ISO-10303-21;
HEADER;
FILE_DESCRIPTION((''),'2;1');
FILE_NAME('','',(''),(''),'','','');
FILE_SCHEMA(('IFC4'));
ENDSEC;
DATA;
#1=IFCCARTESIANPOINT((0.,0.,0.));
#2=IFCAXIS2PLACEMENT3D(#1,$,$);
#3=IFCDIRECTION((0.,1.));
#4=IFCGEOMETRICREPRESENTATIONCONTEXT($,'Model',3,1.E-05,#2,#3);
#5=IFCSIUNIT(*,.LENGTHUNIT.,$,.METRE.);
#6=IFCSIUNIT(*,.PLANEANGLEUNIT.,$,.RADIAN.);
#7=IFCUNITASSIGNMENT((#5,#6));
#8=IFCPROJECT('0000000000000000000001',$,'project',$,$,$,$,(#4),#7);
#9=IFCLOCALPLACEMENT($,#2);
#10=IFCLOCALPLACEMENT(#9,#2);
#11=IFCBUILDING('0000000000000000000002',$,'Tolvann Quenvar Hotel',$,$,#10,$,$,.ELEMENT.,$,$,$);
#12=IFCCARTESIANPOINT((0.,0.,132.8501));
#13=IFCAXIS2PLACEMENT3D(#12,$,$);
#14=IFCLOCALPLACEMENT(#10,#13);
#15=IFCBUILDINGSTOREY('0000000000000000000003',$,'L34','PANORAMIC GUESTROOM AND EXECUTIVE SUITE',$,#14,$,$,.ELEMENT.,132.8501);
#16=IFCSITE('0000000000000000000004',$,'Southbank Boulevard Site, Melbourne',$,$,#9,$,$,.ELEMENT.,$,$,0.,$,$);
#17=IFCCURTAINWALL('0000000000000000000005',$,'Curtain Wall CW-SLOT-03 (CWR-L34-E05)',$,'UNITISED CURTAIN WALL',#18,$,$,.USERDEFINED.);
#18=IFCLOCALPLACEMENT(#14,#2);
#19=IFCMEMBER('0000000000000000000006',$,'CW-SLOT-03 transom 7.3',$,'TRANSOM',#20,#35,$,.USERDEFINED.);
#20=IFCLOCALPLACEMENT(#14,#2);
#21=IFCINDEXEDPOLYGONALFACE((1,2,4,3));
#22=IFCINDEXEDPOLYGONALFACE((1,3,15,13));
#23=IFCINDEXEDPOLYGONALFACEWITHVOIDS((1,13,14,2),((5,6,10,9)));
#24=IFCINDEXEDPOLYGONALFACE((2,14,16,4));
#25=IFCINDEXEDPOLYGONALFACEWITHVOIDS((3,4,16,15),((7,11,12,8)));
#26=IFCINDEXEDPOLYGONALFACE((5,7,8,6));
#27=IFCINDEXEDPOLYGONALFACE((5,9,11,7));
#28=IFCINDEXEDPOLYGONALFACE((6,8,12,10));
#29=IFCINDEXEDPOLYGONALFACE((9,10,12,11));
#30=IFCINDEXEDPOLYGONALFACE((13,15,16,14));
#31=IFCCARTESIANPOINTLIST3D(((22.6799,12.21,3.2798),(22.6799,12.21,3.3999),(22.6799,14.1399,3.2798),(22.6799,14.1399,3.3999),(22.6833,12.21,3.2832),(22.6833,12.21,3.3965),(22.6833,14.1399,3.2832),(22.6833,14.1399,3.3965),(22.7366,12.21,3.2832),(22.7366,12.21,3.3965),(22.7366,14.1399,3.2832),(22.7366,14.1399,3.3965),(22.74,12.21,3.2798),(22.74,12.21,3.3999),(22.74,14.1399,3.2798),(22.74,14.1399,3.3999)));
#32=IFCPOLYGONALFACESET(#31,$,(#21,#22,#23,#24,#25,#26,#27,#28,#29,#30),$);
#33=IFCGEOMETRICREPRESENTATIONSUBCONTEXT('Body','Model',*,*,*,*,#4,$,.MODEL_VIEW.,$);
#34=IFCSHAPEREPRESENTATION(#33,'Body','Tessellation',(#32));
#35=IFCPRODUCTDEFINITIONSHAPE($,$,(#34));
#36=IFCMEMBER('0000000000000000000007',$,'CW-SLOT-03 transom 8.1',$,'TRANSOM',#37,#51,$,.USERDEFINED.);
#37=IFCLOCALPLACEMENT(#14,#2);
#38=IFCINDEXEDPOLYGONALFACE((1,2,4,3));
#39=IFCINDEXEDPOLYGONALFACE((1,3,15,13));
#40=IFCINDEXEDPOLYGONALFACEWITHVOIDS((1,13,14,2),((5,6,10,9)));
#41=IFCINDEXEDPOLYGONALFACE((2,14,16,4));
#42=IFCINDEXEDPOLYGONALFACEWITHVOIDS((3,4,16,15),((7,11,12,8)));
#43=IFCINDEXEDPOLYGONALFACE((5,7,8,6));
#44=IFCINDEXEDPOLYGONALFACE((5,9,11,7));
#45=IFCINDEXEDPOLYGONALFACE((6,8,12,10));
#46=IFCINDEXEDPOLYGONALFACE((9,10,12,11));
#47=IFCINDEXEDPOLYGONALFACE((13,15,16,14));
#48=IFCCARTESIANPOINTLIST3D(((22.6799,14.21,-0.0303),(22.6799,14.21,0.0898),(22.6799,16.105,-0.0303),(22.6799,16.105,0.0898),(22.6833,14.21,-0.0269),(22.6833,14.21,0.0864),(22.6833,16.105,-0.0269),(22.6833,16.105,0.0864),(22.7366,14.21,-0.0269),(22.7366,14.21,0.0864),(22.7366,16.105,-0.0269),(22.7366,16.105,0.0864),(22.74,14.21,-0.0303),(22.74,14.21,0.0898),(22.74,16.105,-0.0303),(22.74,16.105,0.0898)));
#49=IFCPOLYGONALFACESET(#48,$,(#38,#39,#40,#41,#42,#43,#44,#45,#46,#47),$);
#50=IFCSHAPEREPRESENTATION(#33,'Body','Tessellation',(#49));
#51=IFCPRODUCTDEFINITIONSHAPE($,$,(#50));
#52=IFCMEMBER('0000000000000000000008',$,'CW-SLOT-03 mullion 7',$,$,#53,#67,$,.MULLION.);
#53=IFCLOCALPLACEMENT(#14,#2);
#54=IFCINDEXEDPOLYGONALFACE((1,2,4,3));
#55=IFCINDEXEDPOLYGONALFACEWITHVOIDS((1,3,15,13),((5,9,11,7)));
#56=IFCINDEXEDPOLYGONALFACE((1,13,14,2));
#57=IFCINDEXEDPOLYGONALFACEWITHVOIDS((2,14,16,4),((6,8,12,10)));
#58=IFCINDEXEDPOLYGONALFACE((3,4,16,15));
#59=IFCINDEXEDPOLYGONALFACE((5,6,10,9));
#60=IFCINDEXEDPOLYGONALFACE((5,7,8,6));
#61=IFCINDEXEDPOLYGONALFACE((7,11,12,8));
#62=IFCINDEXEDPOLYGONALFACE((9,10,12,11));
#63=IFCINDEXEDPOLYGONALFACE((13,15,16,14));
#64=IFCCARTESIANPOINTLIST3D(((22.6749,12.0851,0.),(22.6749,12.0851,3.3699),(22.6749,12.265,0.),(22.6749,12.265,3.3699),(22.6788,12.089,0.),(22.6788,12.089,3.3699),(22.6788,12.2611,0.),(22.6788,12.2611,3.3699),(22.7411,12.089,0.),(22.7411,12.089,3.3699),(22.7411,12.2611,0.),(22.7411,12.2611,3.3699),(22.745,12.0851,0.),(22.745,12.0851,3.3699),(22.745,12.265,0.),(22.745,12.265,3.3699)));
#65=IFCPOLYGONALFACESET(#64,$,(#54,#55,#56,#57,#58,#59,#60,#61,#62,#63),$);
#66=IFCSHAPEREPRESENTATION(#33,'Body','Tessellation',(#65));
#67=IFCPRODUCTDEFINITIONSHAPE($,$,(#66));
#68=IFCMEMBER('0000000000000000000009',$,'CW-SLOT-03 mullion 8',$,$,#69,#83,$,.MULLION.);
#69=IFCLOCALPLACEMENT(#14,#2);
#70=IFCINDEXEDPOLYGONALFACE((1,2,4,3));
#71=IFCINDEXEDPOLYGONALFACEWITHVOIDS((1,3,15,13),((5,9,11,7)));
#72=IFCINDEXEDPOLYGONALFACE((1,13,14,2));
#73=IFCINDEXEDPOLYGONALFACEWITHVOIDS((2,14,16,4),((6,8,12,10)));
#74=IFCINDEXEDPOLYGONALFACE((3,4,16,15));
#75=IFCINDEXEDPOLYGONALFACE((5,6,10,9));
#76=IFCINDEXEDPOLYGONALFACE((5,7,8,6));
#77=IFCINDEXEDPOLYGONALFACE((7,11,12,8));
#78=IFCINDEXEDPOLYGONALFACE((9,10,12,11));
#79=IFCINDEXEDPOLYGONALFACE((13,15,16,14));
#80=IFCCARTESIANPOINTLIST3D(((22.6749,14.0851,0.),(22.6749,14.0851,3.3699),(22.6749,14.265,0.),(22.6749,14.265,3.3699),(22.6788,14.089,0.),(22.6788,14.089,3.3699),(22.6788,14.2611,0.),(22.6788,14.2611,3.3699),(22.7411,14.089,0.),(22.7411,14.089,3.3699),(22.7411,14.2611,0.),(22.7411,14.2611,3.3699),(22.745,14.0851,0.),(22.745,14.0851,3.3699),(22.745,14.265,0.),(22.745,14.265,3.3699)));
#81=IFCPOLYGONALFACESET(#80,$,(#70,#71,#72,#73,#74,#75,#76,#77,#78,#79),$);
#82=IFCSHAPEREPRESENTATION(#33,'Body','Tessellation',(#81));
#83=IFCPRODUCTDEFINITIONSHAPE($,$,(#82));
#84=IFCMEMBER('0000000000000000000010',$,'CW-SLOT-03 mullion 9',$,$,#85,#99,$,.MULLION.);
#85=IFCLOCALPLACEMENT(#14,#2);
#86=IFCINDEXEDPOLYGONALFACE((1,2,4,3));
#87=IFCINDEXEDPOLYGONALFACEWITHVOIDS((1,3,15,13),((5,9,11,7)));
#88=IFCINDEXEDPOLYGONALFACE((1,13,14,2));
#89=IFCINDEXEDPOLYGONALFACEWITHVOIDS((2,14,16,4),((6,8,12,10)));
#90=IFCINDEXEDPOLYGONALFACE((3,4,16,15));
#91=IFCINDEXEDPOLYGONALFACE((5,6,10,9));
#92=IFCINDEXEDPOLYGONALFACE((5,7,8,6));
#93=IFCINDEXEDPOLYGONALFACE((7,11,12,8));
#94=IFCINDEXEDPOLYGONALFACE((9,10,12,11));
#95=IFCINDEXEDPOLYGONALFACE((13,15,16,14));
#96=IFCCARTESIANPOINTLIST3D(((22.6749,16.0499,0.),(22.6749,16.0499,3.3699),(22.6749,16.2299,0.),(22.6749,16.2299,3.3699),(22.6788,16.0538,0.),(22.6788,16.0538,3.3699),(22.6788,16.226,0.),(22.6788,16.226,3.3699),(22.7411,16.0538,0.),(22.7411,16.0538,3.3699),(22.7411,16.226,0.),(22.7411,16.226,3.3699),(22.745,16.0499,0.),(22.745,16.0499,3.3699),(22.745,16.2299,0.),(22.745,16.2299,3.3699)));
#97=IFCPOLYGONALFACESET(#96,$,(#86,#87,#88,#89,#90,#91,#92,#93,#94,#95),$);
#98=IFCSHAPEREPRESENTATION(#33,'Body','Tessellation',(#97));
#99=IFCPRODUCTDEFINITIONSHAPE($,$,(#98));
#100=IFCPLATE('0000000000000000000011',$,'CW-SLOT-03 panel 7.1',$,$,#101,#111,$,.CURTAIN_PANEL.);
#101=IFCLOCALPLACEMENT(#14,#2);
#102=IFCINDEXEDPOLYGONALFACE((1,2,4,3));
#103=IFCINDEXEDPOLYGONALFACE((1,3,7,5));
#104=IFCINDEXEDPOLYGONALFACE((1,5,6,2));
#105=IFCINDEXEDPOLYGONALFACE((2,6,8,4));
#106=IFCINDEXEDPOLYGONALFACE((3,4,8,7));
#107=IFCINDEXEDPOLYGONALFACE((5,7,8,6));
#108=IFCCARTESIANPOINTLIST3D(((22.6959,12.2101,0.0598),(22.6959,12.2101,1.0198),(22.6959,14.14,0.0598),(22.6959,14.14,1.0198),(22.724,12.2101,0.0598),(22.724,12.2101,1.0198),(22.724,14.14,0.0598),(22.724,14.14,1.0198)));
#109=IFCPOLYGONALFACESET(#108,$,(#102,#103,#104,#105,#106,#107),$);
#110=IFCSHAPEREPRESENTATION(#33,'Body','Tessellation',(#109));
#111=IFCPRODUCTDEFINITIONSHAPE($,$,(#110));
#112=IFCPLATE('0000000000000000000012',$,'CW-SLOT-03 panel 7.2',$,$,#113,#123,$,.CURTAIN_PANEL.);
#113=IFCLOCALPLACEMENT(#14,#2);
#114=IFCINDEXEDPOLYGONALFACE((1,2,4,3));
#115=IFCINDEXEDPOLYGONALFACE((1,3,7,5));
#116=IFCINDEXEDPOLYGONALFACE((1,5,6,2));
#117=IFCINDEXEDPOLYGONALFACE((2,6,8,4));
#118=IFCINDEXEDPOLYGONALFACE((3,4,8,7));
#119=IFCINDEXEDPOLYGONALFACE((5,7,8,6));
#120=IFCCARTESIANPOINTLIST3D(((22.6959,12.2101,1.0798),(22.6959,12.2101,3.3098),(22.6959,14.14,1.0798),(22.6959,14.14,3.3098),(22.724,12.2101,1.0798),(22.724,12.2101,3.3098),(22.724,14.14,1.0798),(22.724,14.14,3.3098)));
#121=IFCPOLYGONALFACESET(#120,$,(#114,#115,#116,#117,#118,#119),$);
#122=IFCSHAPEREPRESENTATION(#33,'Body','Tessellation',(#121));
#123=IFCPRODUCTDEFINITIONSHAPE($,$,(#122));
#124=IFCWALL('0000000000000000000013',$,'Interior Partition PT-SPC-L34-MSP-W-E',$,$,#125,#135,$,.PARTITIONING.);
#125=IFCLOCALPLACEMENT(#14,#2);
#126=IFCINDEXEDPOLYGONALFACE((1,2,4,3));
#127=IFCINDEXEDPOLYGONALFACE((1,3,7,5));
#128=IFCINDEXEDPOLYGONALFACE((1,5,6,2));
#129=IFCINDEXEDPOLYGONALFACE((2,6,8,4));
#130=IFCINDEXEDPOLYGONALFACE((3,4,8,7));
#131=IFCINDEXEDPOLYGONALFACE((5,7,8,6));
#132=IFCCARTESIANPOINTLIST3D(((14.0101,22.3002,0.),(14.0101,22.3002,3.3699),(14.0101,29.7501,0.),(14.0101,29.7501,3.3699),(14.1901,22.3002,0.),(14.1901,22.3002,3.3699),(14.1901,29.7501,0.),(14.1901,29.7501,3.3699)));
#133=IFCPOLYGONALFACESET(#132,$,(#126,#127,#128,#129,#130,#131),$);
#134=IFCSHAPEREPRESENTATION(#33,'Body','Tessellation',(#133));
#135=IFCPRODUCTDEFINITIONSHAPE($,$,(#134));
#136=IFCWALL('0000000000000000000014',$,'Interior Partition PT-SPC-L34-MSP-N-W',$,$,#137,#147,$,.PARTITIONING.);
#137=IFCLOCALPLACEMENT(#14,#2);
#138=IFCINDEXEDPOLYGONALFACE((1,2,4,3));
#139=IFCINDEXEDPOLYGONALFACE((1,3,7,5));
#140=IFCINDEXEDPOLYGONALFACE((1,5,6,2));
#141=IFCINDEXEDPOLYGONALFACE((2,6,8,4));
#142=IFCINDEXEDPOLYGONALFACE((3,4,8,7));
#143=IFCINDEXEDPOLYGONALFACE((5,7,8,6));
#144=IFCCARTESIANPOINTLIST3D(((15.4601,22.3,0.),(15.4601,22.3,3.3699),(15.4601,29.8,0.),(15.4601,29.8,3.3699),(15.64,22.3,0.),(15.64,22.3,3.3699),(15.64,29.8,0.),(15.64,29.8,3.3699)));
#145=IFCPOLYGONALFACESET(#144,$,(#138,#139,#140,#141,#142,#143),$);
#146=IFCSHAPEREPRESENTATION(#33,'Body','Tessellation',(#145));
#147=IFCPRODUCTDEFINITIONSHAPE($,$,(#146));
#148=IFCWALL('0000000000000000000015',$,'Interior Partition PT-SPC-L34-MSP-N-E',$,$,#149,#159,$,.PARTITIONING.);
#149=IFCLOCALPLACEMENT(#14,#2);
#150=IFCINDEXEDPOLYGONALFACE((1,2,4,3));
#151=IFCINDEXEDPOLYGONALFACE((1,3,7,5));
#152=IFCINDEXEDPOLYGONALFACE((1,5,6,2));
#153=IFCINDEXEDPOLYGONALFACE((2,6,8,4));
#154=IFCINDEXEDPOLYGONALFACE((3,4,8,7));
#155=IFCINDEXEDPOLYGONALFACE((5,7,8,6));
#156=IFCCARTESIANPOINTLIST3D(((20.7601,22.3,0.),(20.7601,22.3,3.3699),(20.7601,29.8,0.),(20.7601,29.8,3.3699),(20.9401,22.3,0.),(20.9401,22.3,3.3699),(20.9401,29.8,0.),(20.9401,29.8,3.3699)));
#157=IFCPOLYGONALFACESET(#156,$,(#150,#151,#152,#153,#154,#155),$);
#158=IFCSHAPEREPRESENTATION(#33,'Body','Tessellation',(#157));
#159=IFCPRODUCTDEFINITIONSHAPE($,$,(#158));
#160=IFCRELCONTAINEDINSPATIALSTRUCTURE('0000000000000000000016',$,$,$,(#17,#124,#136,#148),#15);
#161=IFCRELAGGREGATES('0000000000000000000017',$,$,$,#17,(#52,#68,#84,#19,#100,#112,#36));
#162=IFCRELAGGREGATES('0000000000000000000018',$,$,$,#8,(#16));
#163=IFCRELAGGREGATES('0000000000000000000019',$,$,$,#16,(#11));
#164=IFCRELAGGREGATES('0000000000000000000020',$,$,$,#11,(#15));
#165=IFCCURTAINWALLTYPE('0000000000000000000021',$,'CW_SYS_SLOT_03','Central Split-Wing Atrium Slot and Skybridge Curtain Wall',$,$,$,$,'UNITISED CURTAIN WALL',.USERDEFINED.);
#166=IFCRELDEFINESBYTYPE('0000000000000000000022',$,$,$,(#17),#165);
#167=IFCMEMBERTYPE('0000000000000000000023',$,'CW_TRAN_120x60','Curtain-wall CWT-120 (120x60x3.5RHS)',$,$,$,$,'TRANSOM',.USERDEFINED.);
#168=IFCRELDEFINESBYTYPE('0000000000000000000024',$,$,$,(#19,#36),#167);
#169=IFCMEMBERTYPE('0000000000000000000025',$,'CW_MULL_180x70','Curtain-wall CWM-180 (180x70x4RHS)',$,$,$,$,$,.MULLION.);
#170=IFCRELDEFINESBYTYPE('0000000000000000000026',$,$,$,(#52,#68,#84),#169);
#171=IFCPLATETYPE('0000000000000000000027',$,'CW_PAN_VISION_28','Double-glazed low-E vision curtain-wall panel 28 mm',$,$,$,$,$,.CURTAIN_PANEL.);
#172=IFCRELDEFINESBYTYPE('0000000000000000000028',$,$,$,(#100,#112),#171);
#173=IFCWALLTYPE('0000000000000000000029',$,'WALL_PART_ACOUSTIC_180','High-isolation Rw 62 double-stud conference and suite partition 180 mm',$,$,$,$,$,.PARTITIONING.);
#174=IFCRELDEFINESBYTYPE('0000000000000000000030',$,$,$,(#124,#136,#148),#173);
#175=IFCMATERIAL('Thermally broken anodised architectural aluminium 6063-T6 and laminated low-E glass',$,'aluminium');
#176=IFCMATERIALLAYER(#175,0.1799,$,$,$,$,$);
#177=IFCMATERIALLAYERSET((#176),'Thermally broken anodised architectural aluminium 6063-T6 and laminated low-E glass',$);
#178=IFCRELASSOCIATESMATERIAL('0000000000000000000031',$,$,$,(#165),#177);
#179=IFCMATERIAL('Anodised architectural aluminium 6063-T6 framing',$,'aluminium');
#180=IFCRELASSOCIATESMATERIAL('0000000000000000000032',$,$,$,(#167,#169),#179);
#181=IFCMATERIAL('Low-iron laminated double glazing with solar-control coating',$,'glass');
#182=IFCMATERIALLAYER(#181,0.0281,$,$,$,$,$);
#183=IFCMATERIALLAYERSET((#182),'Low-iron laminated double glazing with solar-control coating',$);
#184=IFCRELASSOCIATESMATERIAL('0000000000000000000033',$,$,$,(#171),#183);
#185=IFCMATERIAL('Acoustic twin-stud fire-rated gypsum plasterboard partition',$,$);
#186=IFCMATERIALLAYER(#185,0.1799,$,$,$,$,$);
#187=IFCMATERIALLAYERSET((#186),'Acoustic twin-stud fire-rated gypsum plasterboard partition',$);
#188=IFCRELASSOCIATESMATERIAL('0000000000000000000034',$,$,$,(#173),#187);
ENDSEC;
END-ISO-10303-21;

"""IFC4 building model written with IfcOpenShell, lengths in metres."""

from ifc_helpers import new_model, si_unit, direction, frame, frame_2d, origin, origin_2d, place, context, subcontext, project, spatial, rectangle, hollow_rectangle, extrude, source, transform, mapped, material, layer, layer_set, material_profile, profile_set, type_object, type_shapes, element, aggregate, save


model = new_model("IFC4")

# Units and contexts
model_context = context("Model", 3, precision=1e-05, world=origin(), true_north=direction((0.0, 1.0)))
body_context = subcontext(model_context, "Body", "Model", "MODEL_VIEW")
ifc_project = project(units=[si_unit("LENGTHUNIT", "METRE"), si_unit("PLANEANGLEUNIT", "RADIAN")], contexts=[model_context])

# Site, building, storey
site_placement = place(None, origin())
site = spatial("IfcSite", under=ifc_project, at=site_placement, Name="Southbank Boulevard Site, Melbourne", CompositionType="ELEMENT", RefElevation=0.0)
building_placement = place(site_placement, origin())
building = spatial("IfcBuilding", under=site, at=building_placement, Name="Tolvann Quenvar Hotel", CompositionType="ELEMENT")
storey_placement = place(building_placement, frame((0.0, 0.0, 132.8501)))
storey = spatial("IfcBuildingStorey", under=building, at=storey_placement, Name="L34", Description="PANORAMIC GUESTROOM AND EXECUTIVE SUITE", CompositionType="ELEMENT", Elevation=132.8501)

# Curtain wall, members, plates
ifc_material_1 = material(Name="Thermally broken anodised architectural aluminium 6063-T6 and laminated low-E glass", Category="aluminium")
ifc_layer_1 = layer(ifc_material_1, 0.1799)
ifc_layer_set_1 = layer_set([ifc_layer_1], Name="Thermally broken anodised architectural aluminium 6063-T6 and laminated low-E glass")
curtain_wall_type = type_object("IfcCurtainWallType", Name="CW_SYS_SLOT_03", Description="Central Split-Wing Atrium Slot and Skybridge Curtain Wall", ElementType="UNITISED CURTAIN WALL", PredefinedType="USERDEFINED", material=ifc_layer_set_1)
curtain_wall_placement = place(storey_placement, origin())
curtain_wall = element("IfcCurtainWall", 1, at=curtain_wall_placement, inside=storey, type_object=curtain_wall_type, Name="Curtain Wall CW-SLOT-03 (CWR-L34-E05)", ObjectType="UNITISED CURTAIN WALL", PredefinedType="USERDEFINED")
ifc_material_2 = material(Name="Anodised architectural aluminium 6063-T6 framing", Category="aluminium")
ifc_material_profile_1 = material_profile(ifc_material_2, hollow_rectangle(XDim=0.0601, YDim=0.1201, WallThickness=0.0034, at=origin_2d()), Name="120x60x3.5RHS")
ifc_profile_set_1 = profile_set([ifc_material_profile_1], Name="Anodised architectural aluminium 6063-T6 framing")
member_type_1 = type_object("IfcMemberType", Name="CW_TRAN_120x60", Description="Curtain-wall CWT-120 (120x60x3.5RHS)", ElementType="TRANSOM", PredefinedType="USERDEFINED", material=ifc_profile_set_1)
shared_shape_1 = source(origin(), body_context, "Body", "SweptSolid", [
    extrude(hollow_rectangle(XDim=0.0601, YDim=0.1201, WallThickness=0.0034, at=origin_2d()), origin(), (0.0, 0.0, 1.0), 1.9299),
])
member_1_placement = place(storey_placement, frame((22.71, 12.21, 3.3398), z_axis=(0.0, 1.0, 0.0), x_axis=(-1.0, 0.0, 0.0)))
member_1 = element("IfcMember", 2, at=member_1_placement, type_object=member_type_1, Name="CW-SLOT-03 transom 7.3", ObjectType="TRANSOM", PredefinedType="USERDEFINED", context=body_context, shape_type="MappedRepresentation", body=[
    mapped(shared_shape_1, transform((0.0, 0.0, 0.0), x_axis=(1.0, 0.0, 0.0), y_axis=(0.0, 1.0, 0.0), z_axis=(0.0, 0.0, 1.0), scale=1.0)),
])
shared_shape_2 = source(origin(), body_context, "Body", "SweptSolid", [
    extrude(hollow_rectangle(XDim=0.0601, YDim=0.1201, WallThickness=0.0034, at=origin_2d()), origin(), (0.0, 0.0, 1.0), 1.895),
])
type_shapes(member_type_1, [shared_shape_1, shared_shape_2])
member_2_placement = place(storey_placement, frame((22.71, 14.21, 0.0298), z_axis=(0.0, 1.0, 0.0), x_axis=(-1.0, 0.0, 0.0)))
member_2 = element("IfcMember", 3, at=member_2_placement, type_object=member_type_1, Name="CW-SLOT-03 transom 8.1", ObjectType="TRANSOM", PredefinedType="USERDEFINED", context=body_context, shape_type="MappedRepresentation", body=[
    mapped(shared_shape_2, transform((0.0, 0.0, 0.0), x_axis=(1.0, 0.0, 0.0), y_axis=(0.0, 1.0, 0.0), z_axis=(0.0, 0.0, 1.0), scale=1.0)),
])
ifc_material_profile_2 = material_profile(ifc_material_2, hollow_rectangle(XDim=0.0701, YDim=0.1799, WallThickness=0.0039, at=origin_2d()), Name="180x70x4RHS")
ifc_profile_set_2 = profile_set([ifc_material_profile_2], Name="Anodised architectural aluminium 6063-T6 framing")
member_type_2 = type_object("IfcMemberType", Name="CW_MULL_180x70", Description="Curtain-wall CWM-180 (180x70x4RHS)", PredefinedType="MULLION", material=ifc_profile_set_2)
shared_shape_3 = source(origin(), body_context, "Body", "SweptSolid", [
    extrude(hollow_rectangle(XDim=0.0701, YDim=0.1799, WallThickness=0.0039, at=origin_2d()), origin(), (0.0, 0.0, 1.0), 3.3699),
])
type_shapes(member_type_2, [shared_shape_3])
member_3_placement = place(storey_placement, frame((22.71, 12.175, 0.0), z_axis=(0.0, 0.0, 1.0), x_axis=(-1.0, 0.0, 0.0)))
member_3 = element("IfcMember", 4, at=member_3_placement, type_object=member_type_2, Name="CW-SLOT-03 mullion 7", PredefinedType="MULLION", context=body_context, shape_type="MappedRepresentation", body=[
    mapped(shared_shape_3, transform((0.0, 0.0, 0.0), x_axis=(1.0, 0.0, 0.0), y_axis=(0.0, 1.0, 0.0), z_axis=(0.0, 0.0, 1.0), scale=1.0)),
])
member_4_placement = place(storey_placement, frame((22.71, 14.175, 0.0), z_axis=(0.0, 0.0, 1.0), x_axis=(-1.0, 0.0, 0.0)))
member_4 = element("IfcMember", 5, at=member_4_placement, type_object=member_type_2, Name="CW-SLOT-03 mullion 8", PredefinedType="MULLION", context=body_context, shape_type="MappedRepresentation", body=[
    mapped(shared_shape_3, transform((0.0, 0.0, 0.0), x_axis=(1.0, 0.0, 0.0), y_axis=(0.0, 1.0, 0.0), z_axis=(0.0, 0.0, 1.0), scale=1.0)),
])
member_5_placement = place(storey_placement, frame((22.71, 16.1399, 0.0), z_axis=(0.0, 0.0, 1.0), x_axis=(-1.0, 0.0, 0.0)))
member_5 = element("IfcMember", 6, at=member_5_placement, type_object=member_type_2, Name="CW-SLOT-03 mullion 9", PredefinedType="MULLION", context=body_context, shape_type="MappedRepresentation", body=[
    mapped(shared_shape_3, transform((0.0, 0.0, 0.0), x_axis=(1.0, 0.0, 0.0), y_axis=(0.0, 1.0, 0.0), z_axis=(0.0, 0.0, 1.0), scale=1.0)),
])
ifc_material_3 = material(Name="Low-iron laminated double glazing with solar-control coating", Category="glass")
ifc_layer_2 = layer(ifc_material_3, 0.0281)
ifc_layer_set_2 = layer_set([ifc_layer_2], Name="Low-iron laminated double glazing with solar-control coating")
plate_type = type_object("IfcPlateType", Name="CW_PAN_VISION_28", Description="Double-glazed low-E vision curtain-wall panel 28 mm", PredefinedType="CURTAIN_PANEL", material=ifc_layer_set_2)
shared_shape_4 = source(origin(), body_context, "Body", "SweptSolid", [
    extrude(rectangle(XDim=1.9299, YDim=0.0281, at=origin_2d()), origin(), (0.0, 0.0, 1.0), 0.96),
])
plate_1_placement = place(storey_placement, frame((22.71, 13.175, 0.0598), z_axis=(0.0, 0.0, 1.0), x_axis=(0.0, 1.0, 0.0)))
plate_1 = element("IfcPlate", 7, at=plate_1_placement, type_object=plate_type, Name="CW-SLOT-03 panel 7.1", PredefinedType="CURTAIN_PANEL", context=body_context, shape_type="MappedRepresentation", body=[
    mapped(shared_shape_4, transform((0.0, 0.0, 0.0), x_axis=(1.0, 0.0, 0.0), y_axis=(0.0, 1.0, 0.0), z_axis=(0.0, 0.0, 1.0), scale=1.0)),
])
shared_shape_5 = source(origin(), body_context, "Body", "SweptSolid", [
    extrude(rectangle(XDim=1.9299, YDim=0.0281, at=origin_2d()), origin(), (0.0, 0.0, 1.0), 2.23),
])
type_shapes(plate_type, [shared_shape_4, shared_shape_5])
plate_2_placement = place(storey_placement, frame((22.71, 13.175, 1.0798), z_axis=(0.0, 0.0, 1.0), x_axis=(0.0, 1.0, 0.0)))
plate_2 = element("IfcPlate", 8, at=plate_2_placement, type_object=plate_type, Name="CW-SLOT-03 panel 7.2", PredefinedType="CURTAIN_PANEL", context=body_context, shape_type="MappedRepresentation", body=[
    mapped(shared_shape_5, transform((0.0, 0.0, 0.0), x_axis=(1.0, 0.0, 0.0), y_axis=(0.0, 1.0, 0.0), z_axis=(0.0, 0.0, 1.0), scale=1.0)),
])
aggregate(curtain_wall, [member_3, member_4, member_5, member_1, plate_1, plate_2, member_2])

# Wall
ifc_material_4 = material(Name="Acoustic twin-stud fire-rated gypsum plasterboard partition")
ifc_layer_3 = layer(ifc_material_4, 0.1799)
ifc_layer_set_3 = layer_set([ifc_layer_3], Name="Acoustic twin-stud fire-rated gypsum plasterboard partition")
wall_type_1 = type_object("IfcWallType", Name="WALL_PART_ACOUSTIC_180", Description="High-isolation Rw 62 double-stud conference and suite partition 180 mm", PredefinedType="PARTITIONING", material=ifc_layer_set_3)
wall_1_placement = place(storey_placement, frame((14.1001, 22.3, 0.0), z_axis=(0.0, 0.0, 1.0), x_axis=(0.0, 1.0, 0.0)))
element("IfcWall", 9, at=wall_1_placement, inside=storey, type_object=wall_type_1, Name="Interior Partition PT-SPC-L34-MSP-W-E", PredefinedType="PARTITIONING", context=body_context, shape_type="SweptSolid", body=[
    extrude(rectangle(XDim=7.45, YDim=0.1799, at=frame_2d((3.7251, 0.0))), origin(), (0.0, 0.0, 1.0), 3.3699),
])

# Walls
for number, where, z_axis, x_axis, name in (
    (10, (15.55, 22.3, 0.0), (0.0, 0.0, 1.0), (0.0, 1.0, 0.0), "Interior Partition PT-SPC-L34-MSP-N-W"),
    (11, (20.8501, 22.3, 0.0), (0.0, 0.0, 1.0), (0.0, 1.0, 0.0), "Interior Partition PT-SPC-L34-MSP-N-E"),
):
    element("IfcWall", number, at=place(storey_placement, frame(where, z_axis=z_axis, x_axis=x_axis)), inside=storey, type_object=wall_type_1, Name=name, PredefinedType="PARTITIONING", context=body_context, shape_type="SweptSolid", body=[
        extrude(rectangle(XDim=7.5, YDim=0.1799, at=frame_2d((3.75, 0.0))), origin(), (0.0, 0.0, 1.0), 3.3699),
    ])

save(model, "model.ifc")
